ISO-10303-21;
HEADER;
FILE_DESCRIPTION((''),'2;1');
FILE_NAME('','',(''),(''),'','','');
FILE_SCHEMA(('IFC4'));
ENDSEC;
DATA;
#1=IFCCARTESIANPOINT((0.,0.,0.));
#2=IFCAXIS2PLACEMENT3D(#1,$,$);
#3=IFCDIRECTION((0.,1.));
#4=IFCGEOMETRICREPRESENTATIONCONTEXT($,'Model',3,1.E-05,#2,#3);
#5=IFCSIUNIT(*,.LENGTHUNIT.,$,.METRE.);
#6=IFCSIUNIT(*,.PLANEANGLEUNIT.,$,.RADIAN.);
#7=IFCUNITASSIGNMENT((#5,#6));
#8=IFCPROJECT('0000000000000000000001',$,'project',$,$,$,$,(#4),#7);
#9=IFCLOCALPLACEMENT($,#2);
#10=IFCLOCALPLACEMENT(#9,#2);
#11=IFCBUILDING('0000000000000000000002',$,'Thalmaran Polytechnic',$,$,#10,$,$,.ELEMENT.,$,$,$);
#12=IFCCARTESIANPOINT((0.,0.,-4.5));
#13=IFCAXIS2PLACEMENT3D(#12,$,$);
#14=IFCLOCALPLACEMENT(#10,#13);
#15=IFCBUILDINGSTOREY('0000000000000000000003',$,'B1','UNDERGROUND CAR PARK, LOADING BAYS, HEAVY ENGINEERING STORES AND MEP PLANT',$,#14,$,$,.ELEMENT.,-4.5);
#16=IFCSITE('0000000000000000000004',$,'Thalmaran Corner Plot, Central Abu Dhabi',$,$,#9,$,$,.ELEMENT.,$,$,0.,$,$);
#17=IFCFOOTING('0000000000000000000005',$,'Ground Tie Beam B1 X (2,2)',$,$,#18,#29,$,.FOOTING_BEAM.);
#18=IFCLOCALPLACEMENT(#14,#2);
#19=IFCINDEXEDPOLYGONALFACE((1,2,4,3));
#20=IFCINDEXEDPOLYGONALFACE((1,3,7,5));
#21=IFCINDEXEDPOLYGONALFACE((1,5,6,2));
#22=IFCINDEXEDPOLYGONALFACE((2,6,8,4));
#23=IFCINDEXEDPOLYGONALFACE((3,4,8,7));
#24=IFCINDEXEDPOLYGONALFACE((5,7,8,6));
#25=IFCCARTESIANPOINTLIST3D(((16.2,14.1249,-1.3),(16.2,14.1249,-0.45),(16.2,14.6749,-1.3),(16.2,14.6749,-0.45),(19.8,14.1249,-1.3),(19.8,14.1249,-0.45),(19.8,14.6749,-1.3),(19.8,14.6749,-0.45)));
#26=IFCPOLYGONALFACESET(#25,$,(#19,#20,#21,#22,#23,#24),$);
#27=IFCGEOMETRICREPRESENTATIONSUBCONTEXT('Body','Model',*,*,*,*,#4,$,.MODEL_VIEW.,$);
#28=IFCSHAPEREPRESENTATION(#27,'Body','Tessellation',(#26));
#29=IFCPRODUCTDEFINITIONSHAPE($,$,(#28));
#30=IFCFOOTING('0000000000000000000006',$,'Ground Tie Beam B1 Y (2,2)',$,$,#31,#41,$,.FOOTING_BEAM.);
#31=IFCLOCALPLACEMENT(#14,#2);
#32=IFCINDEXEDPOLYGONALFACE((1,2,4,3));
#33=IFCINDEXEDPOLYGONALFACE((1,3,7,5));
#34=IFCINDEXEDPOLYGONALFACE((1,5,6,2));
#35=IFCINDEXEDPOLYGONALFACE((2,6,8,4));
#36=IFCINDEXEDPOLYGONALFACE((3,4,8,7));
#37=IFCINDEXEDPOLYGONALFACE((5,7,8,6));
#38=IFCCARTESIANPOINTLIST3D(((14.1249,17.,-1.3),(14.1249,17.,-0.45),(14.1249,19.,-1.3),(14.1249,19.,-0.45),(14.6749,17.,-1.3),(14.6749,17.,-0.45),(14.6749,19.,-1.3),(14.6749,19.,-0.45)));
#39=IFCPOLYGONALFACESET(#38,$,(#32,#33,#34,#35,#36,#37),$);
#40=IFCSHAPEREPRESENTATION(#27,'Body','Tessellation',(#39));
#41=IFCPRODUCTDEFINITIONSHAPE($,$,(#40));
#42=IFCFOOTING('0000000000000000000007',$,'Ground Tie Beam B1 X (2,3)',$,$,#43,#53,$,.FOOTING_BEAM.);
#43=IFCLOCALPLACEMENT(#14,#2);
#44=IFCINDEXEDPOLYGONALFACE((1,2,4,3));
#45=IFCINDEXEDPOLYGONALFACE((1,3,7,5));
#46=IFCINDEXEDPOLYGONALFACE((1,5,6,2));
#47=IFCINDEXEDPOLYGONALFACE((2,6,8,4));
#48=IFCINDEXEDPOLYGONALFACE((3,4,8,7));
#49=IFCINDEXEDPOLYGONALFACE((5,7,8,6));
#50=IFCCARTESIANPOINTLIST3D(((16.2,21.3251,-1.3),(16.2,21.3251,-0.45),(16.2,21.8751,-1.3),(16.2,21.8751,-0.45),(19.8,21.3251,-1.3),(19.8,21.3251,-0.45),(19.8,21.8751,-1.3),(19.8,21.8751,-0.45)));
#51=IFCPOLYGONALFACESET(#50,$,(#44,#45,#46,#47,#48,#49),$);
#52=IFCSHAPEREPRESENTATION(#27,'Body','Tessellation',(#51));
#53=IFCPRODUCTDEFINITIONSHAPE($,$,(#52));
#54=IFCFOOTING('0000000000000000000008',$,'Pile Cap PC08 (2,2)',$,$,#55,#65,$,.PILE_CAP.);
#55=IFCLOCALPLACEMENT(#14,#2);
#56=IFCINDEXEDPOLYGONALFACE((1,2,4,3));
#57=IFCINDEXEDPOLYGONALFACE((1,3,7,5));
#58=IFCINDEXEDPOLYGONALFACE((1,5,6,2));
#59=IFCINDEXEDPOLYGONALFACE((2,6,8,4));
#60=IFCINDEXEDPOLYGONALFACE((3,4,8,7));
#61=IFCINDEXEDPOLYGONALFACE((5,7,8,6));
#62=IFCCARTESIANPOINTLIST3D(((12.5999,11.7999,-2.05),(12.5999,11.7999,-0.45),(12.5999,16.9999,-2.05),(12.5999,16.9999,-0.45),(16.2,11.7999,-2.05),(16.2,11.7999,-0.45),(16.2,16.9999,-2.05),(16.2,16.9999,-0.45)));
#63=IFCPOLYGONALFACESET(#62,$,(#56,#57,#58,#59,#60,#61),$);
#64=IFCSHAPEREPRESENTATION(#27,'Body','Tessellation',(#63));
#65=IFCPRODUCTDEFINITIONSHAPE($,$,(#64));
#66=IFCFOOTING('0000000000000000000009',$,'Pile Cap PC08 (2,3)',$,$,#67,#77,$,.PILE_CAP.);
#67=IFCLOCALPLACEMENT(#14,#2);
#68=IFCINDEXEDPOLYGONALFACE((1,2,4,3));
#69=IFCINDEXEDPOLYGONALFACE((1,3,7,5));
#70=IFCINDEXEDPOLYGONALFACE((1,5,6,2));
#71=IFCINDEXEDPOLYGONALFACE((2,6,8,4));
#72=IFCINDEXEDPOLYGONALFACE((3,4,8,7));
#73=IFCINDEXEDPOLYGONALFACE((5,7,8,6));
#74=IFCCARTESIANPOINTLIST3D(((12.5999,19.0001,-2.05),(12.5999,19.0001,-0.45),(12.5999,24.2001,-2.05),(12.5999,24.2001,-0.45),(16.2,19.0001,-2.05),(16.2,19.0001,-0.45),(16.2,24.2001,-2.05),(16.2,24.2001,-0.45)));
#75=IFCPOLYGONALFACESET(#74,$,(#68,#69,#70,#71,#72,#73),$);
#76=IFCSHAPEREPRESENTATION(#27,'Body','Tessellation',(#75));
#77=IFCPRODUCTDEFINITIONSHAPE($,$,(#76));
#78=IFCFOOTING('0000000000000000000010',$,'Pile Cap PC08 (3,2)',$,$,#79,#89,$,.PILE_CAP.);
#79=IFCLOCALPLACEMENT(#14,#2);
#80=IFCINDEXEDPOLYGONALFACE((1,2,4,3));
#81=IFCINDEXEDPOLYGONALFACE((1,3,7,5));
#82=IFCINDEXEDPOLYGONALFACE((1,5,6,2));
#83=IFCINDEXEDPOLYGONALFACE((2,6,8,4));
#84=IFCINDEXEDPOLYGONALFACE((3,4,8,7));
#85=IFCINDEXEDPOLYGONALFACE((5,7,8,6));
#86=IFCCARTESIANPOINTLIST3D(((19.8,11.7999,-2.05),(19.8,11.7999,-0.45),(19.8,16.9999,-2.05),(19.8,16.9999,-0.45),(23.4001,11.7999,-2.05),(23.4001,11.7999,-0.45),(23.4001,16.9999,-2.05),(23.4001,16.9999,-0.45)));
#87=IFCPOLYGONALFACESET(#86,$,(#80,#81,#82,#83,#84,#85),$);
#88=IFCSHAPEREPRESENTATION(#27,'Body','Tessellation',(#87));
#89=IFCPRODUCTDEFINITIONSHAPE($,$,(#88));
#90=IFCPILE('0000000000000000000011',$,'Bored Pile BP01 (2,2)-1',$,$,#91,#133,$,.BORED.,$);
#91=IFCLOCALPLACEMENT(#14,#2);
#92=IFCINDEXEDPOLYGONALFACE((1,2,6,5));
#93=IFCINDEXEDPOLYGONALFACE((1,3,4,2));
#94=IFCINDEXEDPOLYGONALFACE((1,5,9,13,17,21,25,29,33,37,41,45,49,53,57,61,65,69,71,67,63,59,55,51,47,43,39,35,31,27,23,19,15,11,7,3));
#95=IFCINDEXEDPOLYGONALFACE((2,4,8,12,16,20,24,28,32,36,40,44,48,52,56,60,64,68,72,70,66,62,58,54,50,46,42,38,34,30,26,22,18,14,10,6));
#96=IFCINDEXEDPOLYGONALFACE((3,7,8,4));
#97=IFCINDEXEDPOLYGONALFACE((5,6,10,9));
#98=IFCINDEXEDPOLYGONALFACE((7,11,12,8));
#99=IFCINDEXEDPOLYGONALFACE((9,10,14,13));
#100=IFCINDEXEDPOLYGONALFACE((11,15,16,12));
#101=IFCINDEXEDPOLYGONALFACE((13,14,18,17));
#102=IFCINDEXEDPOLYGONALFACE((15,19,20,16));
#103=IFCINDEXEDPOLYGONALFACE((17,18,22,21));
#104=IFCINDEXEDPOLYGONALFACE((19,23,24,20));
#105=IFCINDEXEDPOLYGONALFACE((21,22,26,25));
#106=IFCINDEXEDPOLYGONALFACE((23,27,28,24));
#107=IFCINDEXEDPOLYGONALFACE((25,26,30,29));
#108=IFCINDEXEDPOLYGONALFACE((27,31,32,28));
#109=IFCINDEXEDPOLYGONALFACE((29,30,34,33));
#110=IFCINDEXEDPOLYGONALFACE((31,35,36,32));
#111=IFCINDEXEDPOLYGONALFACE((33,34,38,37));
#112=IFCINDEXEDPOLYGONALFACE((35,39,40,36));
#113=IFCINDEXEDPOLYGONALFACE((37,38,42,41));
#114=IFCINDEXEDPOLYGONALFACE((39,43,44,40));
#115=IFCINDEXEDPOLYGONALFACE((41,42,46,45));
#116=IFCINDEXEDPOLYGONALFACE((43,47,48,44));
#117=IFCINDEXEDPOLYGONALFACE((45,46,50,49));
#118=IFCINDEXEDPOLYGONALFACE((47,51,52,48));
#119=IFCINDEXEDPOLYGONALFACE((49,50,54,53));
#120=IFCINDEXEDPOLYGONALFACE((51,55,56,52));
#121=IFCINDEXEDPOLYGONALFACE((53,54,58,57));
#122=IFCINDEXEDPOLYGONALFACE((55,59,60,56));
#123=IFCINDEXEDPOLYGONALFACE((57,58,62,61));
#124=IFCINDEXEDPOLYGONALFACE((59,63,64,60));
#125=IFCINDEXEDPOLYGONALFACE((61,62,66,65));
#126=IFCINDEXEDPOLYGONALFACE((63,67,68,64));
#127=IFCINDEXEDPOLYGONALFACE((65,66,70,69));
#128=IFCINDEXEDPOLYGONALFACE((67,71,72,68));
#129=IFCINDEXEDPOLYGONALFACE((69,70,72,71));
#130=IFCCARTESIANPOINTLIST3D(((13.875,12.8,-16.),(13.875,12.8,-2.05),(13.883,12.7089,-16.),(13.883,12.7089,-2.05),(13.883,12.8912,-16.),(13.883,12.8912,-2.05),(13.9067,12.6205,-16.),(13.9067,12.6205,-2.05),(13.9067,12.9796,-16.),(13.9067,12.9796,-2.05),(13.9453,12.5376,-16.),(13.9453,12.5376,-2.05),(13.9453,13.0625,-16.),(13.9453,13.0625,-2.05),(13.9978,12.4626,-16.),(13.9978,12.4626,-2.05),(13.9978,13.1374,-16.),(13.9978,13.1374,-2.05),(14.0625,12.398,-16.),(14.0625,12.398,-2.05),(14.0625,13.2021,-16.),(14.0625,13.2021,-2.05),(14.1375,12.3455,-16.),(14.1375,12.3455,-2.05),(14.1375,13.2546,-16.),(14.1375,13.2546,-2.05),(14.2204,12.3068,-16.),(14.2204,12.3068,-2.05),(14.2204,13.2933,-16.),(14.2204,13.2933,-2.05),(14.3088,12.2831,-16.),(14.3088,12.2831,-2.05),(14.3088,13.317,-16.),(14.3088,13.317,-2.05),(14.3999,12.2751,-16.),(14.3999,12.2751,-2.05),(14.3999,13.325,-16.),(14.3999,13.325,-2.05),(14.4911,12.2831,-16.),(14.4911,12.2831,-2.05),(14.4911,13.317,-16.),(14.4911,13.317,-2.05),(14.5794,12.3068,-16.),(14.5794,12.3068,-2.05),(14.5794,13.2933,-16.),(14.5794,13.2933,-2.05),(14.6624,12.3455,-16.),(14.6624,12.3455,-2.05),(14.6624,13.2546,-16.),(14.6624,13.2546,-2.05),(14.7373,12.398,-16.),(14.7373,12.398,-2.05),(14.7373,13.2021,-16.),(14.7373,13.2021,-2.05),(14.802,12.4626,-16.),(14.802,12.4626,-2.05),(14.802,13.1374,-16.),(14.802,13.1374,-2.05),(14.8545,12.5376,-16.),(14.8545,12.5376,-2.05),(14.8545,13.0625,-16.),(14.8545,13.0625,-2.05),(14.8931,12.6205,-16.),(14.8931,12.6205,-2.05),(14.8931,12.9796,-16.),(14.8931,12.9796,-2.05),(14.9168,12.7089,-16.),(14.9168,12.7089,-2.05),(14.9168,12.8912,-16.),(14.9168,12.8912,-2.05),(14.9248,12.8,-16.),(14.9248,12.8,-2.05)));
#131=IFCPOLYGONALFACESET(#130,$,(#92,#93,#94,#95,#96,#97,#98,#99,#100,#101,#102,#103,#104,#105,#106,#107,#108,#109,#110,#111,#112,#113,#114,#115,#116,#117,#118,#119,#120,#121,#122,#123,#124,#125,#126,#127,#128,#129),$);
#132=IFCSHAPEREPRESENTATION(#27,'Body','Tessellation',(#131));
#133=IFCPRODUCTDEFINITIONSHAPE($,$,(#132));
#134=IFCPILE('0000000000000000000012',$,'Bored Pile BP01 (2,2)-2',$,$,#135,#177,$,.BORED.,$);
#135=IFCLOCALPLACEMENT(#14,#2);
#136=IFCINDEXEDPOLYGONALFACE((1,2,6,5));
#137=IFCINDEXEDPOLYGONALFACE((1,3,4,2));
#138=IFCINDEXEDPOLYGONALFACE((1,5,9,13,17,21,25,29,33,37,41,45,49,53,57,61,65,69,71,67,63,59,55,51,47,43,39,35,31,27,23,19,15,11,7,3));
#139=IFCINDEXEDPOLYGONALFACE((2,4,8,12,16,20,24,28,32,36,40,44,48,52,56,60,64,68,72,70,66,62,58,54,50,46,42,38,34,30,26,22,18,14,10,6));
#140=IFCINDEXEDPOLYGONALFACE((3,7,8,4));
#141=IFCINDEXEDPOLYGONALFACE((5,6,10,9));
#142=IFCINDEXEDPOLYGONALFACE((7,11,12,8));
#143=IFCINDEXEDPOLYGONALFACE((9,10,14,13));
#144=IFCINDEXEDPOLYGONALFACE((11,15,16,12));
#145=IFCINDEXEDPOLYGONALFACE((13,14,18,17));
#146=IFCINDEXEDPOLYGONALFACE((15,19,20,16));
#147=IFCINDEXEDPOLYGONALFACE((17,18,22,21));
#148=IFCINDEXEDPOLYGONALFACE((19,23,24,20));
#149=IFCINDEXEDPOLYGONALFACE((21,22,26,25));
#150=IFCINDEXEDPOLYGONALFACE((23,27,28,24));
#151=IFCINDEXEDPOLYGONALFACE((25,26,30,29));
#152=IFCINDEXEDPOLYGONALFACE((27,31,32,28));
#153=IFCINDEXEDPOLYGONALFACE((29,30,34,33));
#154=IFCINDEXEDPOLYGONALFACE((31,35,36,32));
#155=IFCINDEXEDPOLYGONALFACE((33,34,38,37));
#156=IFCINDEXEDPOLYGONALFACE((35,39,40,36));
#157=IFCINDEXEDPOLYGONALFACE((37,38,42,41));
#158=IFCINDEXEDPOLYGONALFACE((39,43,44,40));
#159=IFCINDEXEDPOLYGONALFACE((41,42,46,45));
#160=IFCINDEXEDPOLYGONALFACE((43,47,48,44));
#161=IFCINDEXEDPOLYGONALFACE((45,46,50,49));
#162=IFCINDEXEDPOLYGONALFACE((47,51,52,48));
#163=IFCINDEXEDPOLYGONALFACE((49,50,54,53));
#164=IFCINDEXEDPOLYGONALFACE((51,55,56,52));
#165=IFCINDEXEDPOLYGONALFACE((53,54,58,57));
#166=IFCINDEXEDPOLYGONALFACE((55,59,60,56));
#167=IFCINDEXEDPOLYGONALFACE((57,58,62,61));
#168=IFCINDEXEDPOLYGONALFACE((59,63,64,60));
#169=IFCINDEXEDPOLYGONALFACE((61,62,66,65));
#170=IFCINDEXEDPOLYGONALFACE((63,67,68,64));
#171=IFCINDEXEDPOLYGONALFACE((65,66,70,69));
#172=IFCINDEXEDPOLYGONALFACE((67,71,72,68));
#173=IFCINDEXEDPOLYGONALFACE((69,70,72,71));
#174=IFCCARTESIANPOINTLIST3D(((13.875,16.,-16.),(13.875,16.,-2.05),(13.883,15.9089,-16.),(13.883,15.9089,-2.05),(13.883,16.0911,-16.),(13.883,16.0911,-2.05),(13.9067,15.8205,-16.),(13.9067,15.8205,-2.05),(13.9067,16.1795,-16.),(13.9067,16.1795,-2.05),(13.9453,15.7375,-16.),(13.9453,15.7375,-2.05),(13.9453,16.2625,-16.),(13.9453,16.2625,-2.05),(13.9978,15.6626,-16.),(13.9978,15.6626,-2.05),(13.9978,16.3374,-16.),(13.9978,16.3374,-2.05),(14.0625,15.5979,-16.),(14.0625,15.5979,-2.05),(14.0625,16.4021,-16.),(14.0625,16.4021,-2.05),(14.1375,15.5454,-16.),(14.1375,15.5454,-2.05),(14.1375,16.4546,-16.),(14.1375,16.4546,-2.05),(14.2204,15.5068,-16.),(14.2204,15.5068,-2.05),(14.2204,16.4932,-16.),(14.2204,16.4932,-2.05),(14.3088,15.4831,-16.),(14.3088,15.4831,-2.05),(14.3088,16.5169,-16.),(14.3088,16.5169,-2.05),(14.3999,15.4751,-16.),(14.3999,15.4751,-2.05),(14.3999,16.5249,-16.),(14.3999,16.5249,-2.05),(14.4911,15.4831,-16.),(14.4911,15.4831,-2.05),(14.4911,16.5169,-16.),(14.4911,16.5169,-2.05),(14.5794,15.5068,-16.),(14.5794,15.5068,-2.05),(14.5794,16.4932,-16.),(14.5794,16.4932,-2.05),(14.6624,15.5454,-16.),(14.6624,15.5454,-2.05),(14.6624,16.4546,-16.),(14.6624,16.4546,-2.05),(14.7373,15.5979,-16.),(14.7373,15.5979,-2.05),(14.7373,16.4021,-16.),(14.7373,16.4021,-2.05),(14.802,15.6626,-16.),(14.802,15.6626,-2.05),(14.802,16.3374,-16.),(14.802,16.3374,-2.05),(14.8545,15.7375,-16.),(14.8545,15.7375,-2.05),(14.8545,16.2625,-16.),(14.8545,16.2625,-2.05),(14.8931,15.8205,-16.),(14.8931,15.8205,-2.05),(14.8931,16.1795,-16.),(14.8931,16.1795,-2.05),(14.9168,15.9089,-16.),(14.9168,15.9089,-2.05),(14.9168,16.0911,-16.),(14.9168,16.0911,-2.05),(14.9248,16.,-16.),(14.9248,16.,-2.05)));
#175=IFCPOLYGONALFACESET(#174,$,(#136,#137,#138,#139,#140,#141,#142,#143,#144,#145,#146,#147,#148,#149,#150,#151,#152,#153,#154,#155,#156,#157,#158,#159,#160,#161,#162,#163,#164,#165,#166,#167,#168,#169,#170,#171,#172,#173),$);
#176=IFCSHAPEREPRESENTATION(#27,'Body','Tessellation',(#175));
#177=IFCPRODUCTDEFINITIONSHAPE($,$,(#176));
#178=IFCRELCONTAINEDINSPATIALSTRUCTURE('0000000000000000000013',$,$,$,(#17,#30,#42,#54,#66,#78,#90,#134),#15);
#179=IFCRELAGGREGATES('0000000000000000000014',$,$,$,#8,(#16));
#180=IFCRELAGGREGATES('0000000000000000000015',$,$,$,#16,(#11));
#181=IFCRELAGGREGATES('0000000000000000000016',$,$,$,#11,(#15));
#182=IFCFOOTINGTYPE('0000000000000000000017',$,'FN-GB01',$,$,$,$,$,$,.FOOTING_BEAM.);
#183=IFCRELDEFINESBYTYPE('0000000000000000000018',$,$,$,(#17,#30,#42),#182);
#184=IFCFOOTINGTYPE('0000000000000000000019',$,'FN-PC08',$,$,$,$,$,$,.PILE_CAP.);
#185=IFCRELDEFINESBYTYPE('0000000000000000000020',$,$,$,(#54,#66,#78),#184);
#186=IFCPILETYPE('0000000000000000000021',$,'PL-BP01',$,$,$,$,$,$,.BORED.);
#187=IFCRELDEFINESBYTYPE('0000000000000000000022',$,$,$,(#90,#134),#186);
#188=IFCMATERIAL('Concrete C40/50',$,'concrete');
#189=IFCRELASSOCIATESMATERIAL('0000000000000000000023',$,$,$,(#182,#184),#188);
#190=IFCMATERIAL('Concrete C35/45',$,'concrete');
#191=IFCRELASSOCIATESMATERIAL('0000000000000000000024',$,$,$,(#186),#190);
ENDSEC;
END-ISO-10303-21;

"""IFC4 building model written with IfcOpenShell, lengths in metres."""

from ifc_helpers import new_model, si_unit, direction, frame, origin, origin_2d, place, context, subcontext, project, spatial, rectangle, circle, extrude, material, material_profile, profile_set, type_object, element, save


model = new_model("IFC4")

# Units and contexts
model_context = context("Model", 3, precision=1e-05, world=origin(), true_north=direction((0.0, 1.0)))
body_context = subcontext(model_context, "Body", "Model", "MODEL_VIEW")
ifc_project = project(units=[si_unit("LENGTHUNIT", "METRE"), si_unit("PLANEANGLEUNIT", "RADIAN")], contexts=[model_context])

# Site, building, storey
site_placement = place(None, origin())
site = spatial("IfcSite", under=ifc_project, at=site_placement, Name="Thalmaran Corner Plot, Central Abu Dhabi", CompositionType="ELEMENT", RefElevation=0.0)
building_placement = place(site_placement, origin())
building = spatial("IfcBuilding", under=site, at=building_placement, Name="Thalmaran Polytechnic", CompositionType="ELEMENT")
storey_placement = place(building_placement, frame((0.0, 0.0, -4.5)))
storey = spatial("IfcBuildingStorey", under=building, at=storey_placement, Name="B1", Description="UNDERGROUND CAR PARK, LOADING BAYS, HEAVY ENGINEERING STORES AND MEP PLANT", CompositionType="ELEMENT", Elevation=-4.5)

# Footings
ifc_material_1 = material(Name="Concrete C40/50", Category="concrete")
ifc_material_profile_1 = material_profile(ifc_material_1, rectangle(XDim=0.55, YDim=0.8501, at=origin_2d()), Name="RC 550x850")
ifc_profile_set_1 = profile_set([ifc_material_profile_1], Name="Concrete C40/50")
footing_type_1 = type_object("IfcFootingType", Name="FN-GB01", PredefinedType="FOOTING_BEAM", material=ifc_profile_set_1)
footing_1_placement = place(storey_placement, frame((16.2, 14.3999, -0.875), z_axis=(1.0, 0.0, 0.0), x_axis=(0.0, 1.0, 0.0)))
element("IfcFooting", 1, at=footing_1_placement, inside=storey, type_object=footing_type_1, Name="Ground Tie Beam B1 X (2,2)", PredefinedType="FOOTING_BEAM", context=body_context, shape_type="SweptSolid", body=[
    extrude(rectangle(XDim=0.55, YDim=0.8501, at=origin_2d()), origin(), (0.0, 0.0, 1.0), 3.6001),
])
footing_2_placement = place(storey_placement, frame((14.3999, 17.0, -0.875), z_axis=(0.0, 1.0, 0.0), x_axis=(-1.0, 0.0, 0.0)))
element("IfcFooting", 2, at=footing_2_placement, inside=storey, type_object=footing_type_1, Name="Ground Tie Beam B1 Y (2,2)", PredefinedType="FOOTING_BEAM", context=body_context, shape_type="SweptSolid", body=[
    extrude(rectangle(XDim=0.55, YDim=0.8501, at=origin_2d()), origin(), (0.0, 0.0, 1.0), 2.0),
])
footing_3_placement = place(storey_placement, frame((16.2, 21.6001, -0.875), z_axis=(1.0, 0.0, 0.0), x_axis=(0.0, 1.0, 0.0)))
element("IfcFooting", 3, at=footing_3_placement, inside=storey, type_object=footing_type_1, Name="Ground Tie Beam B1 X (2,3)", PredefinedType="FOOTING_BEAM", context=body_context, shape_type="SweptSolid", body=[
    extrude(rectangle(XDim=0.55, YDim=0.8501, at=origin_2d()), origin(), (0.0, 0.0, 1.0), 3.6001),
])
footing_type_2 = type_object("IfcFootingType", Name="FN-PC08", PredefinedType="PILE_CAP", material=ifc_material_1)
for number, where, z_axis, x_axis, name in (
    (4, (14.3999, 14.3999, -2.05), (0.0, 0.0, 1.0), (1.0, 0.0, 0.0), "Pile Cap PC08 (2,2)"),
    (5, (14.3999, 21.6001, -2.05), (0.0, 0.0, 1.0), (1.0, 0.0, 0.0), "Pile Cap PC08 (2,3)"),
    (6, (21.6001, 14.3999, -2.05), (0.0, 0.0, 1.0), (1.0, 0.0, 0.0), "Pile Cap PC08 (3,2)"),
):
    element("IfcFooting", number, at=place(storey_placement, frame(where, z_axis=z_axis, x_axis=x_axis)), inside=storey, type_object=footing_type_2, Name=name, PredefinedType="PILE_CAP", context=body_context, shape_type="SweptSolid", body=[
        extrude(rectangle(XDim=3.6001, YDim=5.2, at=origin_2d()), origin(), (0.0, 0.0, 1.0), 1.6001),
    ])

# Piles
ifc_material_2 = material(Name="Concrete C35/45", Category="concrete")
ifc_material_profile_2 = material_profile(ifc_material_2, circle(Radius=0.5249, at=origin_2d()), Name="RC 1050 DIA")
ifc_profile_set_2 = profile_set([ifc_material_profile_2], Name="Concrete C35/45")
pile_type = type_object("IfcPileType", Name="PL-BP01", PredefinedType="BORED", material=ifc_profile_set_2)
for number, where, z_axis, x_axis, name in (
    (7, (14.3999, 12.8, -2.05), (0.0, 0.0, -1.0), (1.0, 0.0, 0.0), "Bored Pile BP01 (2,2)-1"),
    (8, (14.3999, 16.0, -2.05), (0.0, 0.0, -1.0), (1.0, 0.0, 0.0), "Bored Pile BP01 (2,2)-2"),
):
    element("IfcPile", number, at=place(storey_placement, frame(where, z_axis=z_axis, x_axis=x_axis)), inside=storey, type_object=pile_type, Name=name, PredefinedType="BORED", context=body_context, shape_type="SweptSolid", body=[
        extrude(circle(Radius=0.5249, at=origin_2d()), origin(), (0.0, 0.0, 1.0), 13.95),
    ])

save(model, "model.ifc")
